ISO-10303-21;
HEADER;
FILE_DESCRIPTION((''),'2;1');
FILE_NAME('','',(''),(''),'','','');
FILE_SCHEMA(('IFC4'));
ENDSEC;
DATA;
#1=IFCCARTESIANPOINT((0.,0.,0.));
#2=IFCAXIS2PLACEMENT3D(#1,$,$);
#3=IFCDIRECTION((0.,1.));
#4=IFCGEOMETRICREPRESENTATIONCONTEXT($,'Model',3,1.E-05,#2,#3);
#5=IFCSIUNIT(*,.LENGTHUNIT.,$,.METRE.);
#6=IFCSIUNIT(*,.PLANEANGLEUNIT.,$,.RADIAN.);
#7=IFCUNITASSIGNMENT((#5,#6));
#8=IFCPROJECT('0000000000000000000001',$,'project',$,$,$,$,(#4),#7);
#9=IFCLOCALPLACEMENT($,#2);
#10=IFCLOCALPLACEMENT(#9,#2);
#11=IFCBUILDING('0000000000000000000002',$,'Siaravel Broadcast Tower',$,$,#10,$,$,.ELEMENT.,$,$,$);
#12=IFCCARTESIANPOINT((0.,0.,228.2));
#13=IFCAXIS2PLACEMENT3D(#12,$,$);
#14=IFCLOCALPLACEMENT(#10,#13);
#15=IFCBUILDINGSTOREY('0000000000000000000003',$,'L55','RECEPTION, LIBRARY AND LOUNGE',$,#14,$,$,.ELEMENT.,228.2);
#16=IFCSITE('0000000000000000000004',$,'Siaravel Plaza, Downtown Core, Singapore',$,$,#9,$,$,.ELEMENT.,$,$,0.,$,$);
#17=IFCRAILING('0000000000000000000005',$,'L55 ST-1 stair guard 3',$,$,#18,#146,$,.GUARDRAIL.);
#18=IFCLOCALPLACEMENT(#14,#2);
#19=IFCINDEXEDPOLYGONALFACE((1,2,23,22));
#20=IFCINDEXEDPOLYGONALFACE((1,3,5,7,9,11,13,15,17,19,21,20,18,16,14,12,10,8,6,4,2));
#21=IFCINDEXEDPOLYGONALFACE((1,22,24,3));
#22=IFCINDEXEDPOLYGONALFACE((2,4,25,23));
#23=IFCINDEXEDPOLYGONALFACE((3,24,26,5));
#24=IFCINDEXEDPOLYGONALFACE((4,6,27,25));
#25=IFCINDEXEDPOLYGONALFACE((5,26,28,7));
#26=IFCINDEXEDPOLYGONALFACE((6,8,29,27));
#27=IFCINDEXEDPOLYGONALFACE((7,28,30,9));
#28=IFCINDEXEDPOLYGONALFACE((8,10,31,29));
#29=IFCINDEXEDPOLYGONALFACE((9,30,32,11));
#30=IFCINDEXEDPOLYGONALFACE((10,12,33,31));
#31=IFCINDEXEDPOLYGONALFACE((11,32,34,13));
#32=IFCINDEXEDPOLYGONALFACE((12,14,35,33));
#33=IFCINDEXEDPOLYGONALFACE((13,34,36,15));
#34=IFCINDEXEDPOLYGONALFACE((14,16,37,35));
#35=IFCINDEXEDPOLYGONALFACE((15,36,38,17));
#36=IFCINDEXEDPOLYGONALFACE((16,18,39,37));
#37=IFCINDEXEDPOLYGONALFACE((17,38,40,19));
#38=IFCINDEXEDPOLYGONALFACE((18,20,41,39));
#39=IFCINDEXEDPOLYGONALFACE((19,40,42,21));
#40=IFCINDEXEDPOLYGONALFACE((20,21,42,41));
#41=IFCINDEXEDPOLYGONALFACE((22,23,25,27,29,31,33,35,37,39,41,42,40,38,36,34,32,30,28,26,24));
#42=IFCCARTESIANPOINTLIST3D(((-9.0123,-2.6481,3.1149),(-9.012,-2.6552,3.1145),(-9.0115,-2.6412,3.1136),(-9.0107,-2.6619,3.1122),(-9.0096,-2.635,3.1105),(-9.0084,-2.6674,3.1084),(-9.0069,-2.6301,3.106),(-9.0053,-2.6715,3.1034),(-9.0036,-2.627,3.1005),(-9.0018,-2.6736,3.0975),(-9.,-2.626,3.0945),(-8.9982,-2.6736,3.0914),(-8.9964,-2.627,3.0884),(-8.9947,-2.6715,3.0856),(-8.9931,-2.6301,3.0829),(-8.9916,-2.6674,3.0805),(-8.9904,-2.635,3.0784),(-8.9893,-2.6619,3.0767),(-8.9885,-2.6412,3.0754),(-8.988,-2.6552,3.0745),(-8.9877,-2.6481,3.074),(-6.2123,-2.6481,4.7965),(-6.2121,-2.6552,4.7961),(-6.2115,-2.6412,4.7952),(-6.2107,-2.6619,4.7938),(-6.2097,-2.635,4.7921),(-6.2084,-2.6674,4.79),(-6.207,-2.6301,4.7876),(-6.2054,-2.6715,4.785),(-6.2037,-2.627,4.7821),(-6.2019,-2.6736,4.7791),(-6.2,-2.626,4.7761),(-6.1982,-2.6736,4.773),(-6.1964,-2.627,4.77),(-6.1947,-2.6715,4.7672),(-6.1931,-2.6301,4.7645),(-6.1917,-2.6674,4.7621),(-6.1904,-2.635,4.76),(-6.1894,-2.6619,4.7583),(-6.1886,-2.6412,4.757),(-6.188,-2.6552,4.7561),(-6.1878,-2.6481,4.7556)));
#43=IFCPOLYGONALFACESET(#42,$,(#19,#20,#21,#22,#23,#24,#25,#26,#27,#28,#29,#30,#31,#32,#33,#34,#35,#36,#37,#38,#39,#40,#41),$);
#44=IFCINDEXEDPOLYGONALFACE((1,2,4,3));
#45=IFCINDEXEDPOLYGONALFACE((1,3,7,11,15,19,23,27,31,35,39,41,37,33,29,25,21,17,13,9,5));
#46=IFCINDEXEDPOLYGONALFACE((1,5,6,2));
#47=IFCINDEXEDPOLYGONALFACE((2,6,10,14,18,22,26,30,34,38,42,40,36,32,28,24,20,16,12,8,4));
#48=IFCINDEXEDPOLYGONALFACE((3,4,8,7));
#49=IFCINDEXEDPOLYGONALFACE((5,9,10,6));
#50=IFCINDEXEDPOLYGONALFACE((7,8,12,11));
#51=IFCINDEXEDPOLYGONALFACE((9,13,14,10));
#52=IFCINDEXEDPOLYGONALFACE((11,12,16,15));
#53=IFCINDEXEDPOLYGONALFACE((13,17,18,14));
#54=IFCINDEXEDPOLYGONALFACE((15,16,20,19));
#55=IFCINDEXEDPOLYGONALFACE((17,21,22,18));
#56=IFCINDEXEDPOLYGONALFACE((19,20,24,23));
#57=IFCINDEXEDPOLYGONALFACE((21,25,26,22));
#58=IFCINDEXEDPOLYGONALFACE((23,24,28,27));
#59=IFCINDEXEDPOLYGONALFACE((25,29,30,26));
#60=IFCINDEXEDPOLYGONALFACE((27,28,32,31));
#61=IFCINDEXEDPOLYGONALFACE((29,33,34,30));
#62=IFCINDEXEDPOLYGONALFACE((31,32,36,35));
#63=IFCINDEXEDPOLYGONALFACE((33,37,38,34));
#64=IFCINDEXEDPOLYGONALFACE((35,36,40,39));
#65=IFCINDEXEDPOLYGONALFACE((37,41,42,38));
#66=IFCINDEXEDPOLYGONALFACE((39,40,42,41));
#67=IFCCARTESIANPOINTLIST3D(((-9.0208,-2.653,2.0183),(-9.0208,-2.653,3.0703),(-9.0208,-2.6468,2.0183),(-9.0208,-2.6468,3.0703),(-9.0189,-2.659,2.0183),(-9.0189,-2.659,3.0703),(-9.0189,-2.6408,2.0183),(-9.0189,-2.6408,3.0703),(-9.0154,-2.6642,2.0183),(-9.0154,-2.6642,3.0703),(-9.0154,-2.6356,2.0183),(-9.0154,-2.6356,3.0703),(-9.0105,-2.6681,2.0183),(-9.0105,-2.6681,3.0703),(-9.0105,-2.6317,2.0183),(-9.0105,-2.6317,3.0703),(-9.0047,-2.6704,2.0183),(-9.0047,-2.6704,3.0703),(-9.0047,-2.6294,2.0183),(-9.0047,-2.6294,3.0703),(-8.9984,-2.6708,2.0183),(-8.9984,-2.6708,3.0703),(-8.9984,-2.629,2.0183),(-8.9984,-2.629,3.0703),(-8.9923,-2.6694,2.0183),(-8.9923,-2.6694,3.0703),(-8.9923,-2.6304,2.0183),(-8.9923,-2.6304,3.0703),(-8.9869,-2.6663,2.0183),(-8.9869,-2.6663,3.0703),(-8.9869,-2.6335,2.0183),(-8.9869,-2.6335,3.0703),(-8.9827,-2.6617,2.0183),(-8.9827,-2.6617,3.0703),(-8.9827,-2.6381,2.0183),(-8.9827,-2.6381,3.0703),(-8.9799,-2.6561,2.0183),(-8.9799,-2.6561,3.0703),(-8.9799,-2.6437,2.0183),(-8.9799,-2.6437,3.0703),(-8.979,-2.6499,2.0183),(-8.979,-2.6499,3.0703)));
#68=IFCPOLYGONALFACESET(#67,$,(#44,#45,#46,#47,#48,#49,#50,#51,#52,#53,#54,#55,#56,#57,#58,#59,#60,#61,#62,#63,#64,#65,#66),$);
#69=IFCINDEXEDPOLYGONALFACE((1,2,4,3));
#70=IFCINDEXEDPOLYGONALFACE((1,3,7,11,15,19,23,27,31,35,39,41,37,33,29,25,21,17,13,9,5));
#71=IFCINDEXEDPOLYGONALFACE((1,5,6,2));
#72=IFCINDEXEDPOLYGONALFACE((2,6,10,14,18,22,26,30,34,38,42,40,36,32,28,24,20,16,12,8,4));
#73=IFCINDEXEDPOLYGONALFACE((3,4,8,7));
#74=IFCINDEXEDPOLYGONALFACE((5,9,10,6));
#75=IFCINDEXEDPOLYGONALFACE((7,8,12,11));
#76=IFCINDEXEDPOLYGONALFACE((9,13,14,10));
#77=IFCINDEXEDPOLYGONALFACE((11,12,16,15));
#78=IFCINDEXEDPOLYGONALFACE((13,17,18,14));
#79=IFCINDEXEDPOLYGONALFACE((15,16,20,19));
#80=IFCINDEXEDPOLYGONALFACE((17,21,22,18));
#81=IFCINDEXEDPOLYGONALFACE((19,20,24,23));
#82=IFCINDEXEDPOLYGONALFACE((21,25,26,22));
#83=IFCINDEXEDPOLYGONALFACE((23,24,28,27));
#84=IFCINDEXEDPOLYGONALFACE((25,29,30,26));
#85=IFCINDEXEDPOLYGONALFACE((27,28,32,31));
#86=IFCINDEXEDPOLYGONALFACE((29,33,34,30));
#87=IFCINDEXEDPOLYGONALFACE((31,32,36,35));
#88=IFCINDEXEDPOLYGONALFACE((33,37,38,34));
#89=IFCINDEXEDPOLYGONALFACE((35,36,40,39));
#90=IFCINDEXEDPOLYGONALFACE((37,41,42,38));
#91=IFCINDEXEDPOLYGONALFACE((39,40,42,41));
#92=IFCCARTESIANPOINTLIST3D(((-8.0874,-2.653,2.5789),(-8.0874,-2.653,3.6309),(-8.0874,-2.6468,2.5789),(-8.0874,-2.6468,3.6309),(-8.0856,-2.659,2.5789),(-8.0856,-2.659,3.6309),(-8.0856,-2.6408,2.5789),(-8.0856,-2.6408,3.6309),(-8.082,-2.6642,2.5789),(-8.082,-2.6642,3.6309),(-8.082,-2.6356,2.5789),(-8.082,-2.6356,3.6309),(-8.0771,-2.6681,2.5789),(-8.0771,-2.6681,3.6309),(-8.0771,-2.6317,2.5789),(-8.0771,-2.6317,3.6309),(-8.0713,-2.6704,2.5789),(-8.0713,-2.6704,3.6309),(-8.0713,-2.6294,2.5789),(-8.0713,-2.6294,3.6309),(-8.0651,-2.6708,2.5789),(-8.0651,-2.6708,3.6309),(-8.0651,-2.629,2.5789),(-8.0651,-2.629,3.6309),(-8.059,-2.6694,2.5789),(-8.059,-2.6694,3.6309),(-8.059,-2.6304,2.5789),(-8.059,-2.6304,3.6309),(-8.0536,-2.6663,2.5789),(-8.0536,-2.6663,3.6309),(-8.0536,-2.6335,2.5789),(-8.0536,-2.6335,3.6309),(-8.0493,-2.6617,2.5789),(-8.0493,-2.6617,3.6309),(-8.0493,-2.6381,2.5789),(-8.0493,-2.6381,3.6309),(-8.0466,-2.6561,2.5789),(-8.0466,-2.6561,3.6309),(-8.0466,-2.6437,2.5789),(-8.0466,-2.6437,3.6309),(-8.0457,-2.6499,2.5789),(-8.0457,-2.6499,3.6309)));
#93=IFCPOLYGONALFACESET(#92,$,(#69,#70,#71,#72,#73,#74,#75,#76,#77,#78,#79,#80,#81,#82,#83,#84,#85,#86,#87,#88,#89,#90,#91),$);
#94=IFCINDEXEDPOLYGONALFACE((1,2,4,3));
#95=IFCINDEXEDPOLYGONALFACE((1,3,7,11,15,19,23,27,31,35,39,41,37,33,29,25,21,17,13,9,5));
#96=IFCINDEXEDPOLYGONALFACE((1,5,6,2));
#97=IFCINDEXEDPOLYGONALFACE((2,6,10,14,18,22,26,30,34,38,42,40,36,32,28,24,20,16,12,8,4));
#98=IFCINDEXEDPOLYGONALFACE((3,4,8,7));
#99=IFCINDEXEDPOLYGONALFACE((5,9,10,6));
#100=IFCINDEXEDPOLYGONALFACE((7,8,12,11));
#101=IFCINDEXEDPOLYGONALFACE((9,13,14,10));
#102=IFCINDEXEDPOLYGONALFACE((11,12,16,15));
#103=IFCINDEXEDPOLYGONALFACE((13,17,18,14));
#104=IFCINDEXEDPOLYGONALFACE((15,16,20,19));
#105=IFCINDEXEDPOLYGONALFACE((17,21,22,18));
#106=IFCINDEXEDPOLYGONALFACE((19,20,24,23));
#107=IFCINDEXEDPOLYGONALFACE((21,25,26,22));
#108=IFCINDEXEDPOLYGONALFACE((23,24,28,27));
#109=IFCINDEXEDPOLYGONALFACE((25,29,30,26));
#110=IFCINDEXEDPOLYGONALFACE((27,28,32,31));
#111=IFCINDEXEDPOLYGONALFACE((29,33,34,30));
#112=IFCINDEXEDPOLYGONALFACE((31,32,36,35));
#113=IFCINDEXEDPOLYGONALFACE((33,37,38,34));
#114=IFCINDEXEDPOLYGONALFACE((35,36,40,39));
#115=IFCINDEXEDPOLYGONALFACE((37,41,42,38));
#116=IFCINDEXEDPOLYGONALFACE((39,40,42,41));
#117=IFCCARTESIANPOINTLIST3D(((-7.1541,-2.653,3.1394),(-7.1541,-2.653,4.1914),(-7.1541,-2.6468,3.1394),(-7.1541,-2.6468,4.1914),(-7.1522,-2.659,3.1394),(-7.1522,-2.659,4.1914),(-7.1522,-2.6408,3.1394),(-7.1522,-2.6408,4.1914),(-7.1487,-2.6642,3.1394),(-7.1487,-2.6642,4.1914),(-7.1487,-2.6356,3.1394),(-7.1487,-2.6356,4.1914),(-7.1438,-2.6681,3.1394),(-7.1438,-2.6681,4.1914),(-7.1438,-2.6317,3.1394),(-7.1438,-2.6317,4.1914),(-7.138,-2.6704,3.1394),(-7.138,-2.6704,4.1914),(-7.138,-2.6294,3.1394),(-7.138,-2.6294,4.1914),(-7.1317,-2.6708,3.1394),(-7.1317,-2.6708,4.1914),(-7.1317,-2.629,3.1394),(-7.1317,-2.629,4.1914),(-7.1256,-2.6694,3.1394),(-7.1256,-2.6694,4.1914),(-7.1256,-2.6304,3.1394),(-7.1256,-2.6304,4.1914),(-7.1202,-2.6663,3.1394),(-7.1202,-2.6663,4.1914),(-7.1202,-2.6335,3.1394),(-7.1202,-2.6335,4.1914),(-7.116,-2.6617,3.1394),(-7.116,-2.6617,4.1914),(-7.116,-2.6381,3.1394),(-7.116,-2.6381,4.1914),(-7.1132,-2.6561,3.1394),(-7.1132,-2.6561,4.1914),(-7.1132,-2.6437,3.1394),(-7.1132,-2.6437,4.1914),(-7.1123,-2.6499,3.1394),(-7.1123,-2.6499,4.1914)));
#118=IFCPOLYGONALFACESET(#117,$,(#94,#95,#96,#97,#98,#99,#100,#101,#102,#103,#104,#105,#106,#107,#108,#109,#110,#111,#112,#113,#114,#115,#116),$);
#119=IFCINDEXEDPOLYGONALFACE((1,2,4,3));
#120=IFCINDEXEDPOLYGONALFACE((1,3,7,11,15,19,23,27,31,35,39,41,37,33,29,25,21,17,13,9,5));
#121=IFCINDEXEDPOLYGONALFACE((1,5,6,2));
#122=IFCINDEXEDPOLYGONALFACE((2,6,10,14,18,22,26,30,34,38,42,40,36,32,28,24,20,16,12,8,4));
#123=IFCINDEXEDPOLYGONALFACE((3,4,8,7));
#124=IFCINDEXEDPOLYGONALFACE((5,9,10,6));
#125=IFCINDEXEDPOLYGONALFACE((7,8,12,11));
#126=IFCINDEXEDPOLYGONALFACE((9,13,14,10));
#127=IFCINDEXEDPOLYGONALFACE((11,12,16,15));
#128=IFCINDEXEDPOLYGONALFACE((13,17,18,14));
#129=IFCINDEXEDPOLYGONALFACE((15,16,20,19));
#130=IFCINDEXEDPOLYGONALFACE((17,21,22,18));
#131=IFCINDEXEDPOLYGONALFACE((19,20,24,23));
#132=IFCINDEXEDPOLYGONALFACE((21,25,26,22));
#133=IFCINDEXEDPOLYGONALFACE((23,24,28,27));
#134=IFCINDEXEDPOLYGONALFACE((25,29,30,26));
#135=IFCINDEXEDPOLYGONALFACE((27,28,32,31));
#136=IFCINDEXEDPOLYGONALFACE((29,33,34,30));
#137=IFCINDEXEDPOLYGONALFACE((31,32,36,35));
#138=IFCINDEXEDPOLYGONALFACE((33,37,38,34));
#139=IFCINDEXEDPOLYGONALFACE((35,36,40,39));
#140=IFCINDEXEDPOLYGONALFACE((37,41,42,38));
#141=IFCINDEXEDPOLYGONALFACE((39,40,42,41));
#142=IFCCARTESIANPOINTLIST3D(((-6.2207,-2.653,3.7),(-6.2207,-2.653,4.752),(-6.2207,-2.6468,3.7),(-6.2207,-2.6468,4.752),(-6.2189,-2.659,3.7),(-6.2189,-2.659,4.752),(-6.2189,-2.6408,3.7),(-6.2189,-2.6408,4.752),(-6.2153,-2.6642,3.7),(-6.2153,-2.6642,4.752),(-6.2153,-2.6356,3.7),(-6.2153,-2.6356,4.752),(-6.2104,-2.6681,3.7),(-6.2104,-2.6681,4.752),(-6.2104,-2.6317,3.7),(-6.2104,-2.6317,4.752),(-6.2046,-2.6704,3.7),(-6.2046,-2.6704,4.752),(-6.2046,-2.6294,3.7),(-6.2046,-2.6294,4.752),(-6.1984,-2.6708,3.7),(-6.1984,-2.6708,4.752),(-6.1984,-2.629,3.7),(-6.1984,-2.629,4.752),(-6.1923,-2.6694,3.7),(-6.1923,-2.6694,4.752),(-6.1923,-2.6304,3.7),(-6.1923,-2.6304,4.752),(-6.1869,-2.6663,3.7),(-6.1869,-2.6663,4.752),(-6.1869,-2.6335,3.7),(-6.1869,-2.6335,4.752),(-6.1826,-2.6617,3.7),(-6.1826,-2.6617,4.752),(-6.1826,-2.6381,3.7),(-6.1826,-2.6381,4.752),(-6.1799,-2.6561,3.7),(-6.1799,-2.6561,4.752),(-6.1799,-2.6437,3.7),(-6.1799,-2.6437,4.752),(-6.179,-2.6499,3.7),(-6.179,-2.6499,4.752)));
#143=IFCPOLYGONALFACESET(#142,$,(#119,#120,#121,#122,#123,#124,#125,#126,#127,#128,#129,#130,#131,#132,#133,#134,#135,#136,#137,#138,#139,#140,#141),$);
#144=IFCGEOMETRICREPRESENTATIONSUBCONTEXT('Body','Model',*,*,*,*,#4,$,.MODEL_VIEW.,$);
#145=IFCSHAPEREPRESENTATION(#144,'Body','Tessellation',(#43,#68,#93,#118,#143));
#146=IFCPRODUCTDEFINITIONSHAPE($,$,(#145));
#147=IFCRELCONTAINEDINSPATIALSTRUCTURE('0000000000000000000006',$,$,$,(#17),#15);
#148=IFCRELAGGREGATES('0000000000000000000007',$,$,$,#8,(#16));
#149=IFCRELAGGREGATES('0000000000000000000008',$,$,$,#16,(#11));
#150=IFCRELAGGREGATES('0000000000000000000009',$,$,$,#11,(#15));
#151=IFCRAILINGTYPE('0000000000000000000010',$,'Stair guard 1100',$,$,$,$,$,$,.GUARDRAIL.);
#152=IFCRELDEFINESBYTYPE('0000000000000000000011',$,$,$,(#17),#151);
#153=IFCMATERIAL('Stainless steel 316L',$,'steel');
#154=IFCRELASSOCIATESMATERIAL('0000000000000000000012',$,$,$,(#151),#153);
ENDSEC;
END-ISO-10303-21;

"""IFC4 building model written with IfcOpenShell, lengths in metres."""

from ifc_helpers import new_model, si_unit, direction, frame, origin, origin_2d, place, context, subcontext, project, spatial, circle, extrude, material, type_object, element, save


model = new_model("IFC4")

# Units and contexts
model_context = context("Model", 3, precision=1e-05, world=origin(), true_north=direction((0.0, 1.0)))
body_context = subcontext(model_context, "Body", "Model", "MODEL_VIEW")
ifc_project = project(units=[si_unit("LENGTHUNIT", "METRE"), si_unit("PLANEANGLEUNIT", "RADIAN")], contexts=[model_context])

# Site, building, storey
site_placement = place(None, origin())
site = spatial("IfcSite", under=ifc_project, at=site_placement, Name="Siaravel Plaza, Downtown Core, Singapore", CompositionType="ELEMENT", RefElevation=0.0)
building_placement = place(site_placement, origin())
building = spatial("IfcBuilding", under=site, at=building_placement, Name="Siaravel Broadcast Tower", CompositionType="ELEMENT")
storey_placement = place(building_placement, frame((0.0, 0.0, 228.2)))
storey = spatial("IfcBuildingStorey", under=building, at=storey_placement, Name="L55", Description="RECEPTION, LIBRARY AND LOUNGE", CompositionType="ELEMENT", Elevation=228.2)

# Shared definitions
ifc_material_1 = material(Name="Stainless steel 316L", Category="steel")

# Railing
railing_type_1 = type_object("IfcRailingType", Name="Stair guard 1100", PredefinedType="GUARDRAIL", material=ifc_material_1)
railing_1_placement = place(storey_placement, frame((-9.0, -2.6499, 2.0183)))
element("IfcRailing", 1, at=railing_1_placement, inside=storey, type_object=railing_type_1, Name="L55 ST-1 stair guard 3", PredefinedType="GUARDRAIL", context=body_context, shape_type="SweptSolid", body=[
    extrude(circle(Radius=0.0239, at=origin_2d()), frame((0.0, 0.0, 1.0762), z_axis=(0.857275, 0.0, 0.514858), x_axis=(0.0, 1.0, 0.0)), (0.0, 0.0, 1.0), 3.2661),
    extrude(circle(Radius=0.021, at=origin_2d()), origin(), (0.0, 0.0, 1.0), 1.052),
    extrude(circle(Radius=0.021, at=origin_2d()), frame((0.9333, 0.0, 0.5605)), (0.0, 0.0, 1.0), 1.052),
    extrude(circle(Radius=0.021, at=origin_2d()), frame((1.8667, 0.0, 1.1211)), (0.0, 0.0, 1.0), 1.052),
    extrude(circle(Radius=0.021, at=origin_2d()), frame((2.8, 0.0, 1.6816)), (0.0, 0.0, 1.0), 1.052),
])

save(model, "model.ifc")
